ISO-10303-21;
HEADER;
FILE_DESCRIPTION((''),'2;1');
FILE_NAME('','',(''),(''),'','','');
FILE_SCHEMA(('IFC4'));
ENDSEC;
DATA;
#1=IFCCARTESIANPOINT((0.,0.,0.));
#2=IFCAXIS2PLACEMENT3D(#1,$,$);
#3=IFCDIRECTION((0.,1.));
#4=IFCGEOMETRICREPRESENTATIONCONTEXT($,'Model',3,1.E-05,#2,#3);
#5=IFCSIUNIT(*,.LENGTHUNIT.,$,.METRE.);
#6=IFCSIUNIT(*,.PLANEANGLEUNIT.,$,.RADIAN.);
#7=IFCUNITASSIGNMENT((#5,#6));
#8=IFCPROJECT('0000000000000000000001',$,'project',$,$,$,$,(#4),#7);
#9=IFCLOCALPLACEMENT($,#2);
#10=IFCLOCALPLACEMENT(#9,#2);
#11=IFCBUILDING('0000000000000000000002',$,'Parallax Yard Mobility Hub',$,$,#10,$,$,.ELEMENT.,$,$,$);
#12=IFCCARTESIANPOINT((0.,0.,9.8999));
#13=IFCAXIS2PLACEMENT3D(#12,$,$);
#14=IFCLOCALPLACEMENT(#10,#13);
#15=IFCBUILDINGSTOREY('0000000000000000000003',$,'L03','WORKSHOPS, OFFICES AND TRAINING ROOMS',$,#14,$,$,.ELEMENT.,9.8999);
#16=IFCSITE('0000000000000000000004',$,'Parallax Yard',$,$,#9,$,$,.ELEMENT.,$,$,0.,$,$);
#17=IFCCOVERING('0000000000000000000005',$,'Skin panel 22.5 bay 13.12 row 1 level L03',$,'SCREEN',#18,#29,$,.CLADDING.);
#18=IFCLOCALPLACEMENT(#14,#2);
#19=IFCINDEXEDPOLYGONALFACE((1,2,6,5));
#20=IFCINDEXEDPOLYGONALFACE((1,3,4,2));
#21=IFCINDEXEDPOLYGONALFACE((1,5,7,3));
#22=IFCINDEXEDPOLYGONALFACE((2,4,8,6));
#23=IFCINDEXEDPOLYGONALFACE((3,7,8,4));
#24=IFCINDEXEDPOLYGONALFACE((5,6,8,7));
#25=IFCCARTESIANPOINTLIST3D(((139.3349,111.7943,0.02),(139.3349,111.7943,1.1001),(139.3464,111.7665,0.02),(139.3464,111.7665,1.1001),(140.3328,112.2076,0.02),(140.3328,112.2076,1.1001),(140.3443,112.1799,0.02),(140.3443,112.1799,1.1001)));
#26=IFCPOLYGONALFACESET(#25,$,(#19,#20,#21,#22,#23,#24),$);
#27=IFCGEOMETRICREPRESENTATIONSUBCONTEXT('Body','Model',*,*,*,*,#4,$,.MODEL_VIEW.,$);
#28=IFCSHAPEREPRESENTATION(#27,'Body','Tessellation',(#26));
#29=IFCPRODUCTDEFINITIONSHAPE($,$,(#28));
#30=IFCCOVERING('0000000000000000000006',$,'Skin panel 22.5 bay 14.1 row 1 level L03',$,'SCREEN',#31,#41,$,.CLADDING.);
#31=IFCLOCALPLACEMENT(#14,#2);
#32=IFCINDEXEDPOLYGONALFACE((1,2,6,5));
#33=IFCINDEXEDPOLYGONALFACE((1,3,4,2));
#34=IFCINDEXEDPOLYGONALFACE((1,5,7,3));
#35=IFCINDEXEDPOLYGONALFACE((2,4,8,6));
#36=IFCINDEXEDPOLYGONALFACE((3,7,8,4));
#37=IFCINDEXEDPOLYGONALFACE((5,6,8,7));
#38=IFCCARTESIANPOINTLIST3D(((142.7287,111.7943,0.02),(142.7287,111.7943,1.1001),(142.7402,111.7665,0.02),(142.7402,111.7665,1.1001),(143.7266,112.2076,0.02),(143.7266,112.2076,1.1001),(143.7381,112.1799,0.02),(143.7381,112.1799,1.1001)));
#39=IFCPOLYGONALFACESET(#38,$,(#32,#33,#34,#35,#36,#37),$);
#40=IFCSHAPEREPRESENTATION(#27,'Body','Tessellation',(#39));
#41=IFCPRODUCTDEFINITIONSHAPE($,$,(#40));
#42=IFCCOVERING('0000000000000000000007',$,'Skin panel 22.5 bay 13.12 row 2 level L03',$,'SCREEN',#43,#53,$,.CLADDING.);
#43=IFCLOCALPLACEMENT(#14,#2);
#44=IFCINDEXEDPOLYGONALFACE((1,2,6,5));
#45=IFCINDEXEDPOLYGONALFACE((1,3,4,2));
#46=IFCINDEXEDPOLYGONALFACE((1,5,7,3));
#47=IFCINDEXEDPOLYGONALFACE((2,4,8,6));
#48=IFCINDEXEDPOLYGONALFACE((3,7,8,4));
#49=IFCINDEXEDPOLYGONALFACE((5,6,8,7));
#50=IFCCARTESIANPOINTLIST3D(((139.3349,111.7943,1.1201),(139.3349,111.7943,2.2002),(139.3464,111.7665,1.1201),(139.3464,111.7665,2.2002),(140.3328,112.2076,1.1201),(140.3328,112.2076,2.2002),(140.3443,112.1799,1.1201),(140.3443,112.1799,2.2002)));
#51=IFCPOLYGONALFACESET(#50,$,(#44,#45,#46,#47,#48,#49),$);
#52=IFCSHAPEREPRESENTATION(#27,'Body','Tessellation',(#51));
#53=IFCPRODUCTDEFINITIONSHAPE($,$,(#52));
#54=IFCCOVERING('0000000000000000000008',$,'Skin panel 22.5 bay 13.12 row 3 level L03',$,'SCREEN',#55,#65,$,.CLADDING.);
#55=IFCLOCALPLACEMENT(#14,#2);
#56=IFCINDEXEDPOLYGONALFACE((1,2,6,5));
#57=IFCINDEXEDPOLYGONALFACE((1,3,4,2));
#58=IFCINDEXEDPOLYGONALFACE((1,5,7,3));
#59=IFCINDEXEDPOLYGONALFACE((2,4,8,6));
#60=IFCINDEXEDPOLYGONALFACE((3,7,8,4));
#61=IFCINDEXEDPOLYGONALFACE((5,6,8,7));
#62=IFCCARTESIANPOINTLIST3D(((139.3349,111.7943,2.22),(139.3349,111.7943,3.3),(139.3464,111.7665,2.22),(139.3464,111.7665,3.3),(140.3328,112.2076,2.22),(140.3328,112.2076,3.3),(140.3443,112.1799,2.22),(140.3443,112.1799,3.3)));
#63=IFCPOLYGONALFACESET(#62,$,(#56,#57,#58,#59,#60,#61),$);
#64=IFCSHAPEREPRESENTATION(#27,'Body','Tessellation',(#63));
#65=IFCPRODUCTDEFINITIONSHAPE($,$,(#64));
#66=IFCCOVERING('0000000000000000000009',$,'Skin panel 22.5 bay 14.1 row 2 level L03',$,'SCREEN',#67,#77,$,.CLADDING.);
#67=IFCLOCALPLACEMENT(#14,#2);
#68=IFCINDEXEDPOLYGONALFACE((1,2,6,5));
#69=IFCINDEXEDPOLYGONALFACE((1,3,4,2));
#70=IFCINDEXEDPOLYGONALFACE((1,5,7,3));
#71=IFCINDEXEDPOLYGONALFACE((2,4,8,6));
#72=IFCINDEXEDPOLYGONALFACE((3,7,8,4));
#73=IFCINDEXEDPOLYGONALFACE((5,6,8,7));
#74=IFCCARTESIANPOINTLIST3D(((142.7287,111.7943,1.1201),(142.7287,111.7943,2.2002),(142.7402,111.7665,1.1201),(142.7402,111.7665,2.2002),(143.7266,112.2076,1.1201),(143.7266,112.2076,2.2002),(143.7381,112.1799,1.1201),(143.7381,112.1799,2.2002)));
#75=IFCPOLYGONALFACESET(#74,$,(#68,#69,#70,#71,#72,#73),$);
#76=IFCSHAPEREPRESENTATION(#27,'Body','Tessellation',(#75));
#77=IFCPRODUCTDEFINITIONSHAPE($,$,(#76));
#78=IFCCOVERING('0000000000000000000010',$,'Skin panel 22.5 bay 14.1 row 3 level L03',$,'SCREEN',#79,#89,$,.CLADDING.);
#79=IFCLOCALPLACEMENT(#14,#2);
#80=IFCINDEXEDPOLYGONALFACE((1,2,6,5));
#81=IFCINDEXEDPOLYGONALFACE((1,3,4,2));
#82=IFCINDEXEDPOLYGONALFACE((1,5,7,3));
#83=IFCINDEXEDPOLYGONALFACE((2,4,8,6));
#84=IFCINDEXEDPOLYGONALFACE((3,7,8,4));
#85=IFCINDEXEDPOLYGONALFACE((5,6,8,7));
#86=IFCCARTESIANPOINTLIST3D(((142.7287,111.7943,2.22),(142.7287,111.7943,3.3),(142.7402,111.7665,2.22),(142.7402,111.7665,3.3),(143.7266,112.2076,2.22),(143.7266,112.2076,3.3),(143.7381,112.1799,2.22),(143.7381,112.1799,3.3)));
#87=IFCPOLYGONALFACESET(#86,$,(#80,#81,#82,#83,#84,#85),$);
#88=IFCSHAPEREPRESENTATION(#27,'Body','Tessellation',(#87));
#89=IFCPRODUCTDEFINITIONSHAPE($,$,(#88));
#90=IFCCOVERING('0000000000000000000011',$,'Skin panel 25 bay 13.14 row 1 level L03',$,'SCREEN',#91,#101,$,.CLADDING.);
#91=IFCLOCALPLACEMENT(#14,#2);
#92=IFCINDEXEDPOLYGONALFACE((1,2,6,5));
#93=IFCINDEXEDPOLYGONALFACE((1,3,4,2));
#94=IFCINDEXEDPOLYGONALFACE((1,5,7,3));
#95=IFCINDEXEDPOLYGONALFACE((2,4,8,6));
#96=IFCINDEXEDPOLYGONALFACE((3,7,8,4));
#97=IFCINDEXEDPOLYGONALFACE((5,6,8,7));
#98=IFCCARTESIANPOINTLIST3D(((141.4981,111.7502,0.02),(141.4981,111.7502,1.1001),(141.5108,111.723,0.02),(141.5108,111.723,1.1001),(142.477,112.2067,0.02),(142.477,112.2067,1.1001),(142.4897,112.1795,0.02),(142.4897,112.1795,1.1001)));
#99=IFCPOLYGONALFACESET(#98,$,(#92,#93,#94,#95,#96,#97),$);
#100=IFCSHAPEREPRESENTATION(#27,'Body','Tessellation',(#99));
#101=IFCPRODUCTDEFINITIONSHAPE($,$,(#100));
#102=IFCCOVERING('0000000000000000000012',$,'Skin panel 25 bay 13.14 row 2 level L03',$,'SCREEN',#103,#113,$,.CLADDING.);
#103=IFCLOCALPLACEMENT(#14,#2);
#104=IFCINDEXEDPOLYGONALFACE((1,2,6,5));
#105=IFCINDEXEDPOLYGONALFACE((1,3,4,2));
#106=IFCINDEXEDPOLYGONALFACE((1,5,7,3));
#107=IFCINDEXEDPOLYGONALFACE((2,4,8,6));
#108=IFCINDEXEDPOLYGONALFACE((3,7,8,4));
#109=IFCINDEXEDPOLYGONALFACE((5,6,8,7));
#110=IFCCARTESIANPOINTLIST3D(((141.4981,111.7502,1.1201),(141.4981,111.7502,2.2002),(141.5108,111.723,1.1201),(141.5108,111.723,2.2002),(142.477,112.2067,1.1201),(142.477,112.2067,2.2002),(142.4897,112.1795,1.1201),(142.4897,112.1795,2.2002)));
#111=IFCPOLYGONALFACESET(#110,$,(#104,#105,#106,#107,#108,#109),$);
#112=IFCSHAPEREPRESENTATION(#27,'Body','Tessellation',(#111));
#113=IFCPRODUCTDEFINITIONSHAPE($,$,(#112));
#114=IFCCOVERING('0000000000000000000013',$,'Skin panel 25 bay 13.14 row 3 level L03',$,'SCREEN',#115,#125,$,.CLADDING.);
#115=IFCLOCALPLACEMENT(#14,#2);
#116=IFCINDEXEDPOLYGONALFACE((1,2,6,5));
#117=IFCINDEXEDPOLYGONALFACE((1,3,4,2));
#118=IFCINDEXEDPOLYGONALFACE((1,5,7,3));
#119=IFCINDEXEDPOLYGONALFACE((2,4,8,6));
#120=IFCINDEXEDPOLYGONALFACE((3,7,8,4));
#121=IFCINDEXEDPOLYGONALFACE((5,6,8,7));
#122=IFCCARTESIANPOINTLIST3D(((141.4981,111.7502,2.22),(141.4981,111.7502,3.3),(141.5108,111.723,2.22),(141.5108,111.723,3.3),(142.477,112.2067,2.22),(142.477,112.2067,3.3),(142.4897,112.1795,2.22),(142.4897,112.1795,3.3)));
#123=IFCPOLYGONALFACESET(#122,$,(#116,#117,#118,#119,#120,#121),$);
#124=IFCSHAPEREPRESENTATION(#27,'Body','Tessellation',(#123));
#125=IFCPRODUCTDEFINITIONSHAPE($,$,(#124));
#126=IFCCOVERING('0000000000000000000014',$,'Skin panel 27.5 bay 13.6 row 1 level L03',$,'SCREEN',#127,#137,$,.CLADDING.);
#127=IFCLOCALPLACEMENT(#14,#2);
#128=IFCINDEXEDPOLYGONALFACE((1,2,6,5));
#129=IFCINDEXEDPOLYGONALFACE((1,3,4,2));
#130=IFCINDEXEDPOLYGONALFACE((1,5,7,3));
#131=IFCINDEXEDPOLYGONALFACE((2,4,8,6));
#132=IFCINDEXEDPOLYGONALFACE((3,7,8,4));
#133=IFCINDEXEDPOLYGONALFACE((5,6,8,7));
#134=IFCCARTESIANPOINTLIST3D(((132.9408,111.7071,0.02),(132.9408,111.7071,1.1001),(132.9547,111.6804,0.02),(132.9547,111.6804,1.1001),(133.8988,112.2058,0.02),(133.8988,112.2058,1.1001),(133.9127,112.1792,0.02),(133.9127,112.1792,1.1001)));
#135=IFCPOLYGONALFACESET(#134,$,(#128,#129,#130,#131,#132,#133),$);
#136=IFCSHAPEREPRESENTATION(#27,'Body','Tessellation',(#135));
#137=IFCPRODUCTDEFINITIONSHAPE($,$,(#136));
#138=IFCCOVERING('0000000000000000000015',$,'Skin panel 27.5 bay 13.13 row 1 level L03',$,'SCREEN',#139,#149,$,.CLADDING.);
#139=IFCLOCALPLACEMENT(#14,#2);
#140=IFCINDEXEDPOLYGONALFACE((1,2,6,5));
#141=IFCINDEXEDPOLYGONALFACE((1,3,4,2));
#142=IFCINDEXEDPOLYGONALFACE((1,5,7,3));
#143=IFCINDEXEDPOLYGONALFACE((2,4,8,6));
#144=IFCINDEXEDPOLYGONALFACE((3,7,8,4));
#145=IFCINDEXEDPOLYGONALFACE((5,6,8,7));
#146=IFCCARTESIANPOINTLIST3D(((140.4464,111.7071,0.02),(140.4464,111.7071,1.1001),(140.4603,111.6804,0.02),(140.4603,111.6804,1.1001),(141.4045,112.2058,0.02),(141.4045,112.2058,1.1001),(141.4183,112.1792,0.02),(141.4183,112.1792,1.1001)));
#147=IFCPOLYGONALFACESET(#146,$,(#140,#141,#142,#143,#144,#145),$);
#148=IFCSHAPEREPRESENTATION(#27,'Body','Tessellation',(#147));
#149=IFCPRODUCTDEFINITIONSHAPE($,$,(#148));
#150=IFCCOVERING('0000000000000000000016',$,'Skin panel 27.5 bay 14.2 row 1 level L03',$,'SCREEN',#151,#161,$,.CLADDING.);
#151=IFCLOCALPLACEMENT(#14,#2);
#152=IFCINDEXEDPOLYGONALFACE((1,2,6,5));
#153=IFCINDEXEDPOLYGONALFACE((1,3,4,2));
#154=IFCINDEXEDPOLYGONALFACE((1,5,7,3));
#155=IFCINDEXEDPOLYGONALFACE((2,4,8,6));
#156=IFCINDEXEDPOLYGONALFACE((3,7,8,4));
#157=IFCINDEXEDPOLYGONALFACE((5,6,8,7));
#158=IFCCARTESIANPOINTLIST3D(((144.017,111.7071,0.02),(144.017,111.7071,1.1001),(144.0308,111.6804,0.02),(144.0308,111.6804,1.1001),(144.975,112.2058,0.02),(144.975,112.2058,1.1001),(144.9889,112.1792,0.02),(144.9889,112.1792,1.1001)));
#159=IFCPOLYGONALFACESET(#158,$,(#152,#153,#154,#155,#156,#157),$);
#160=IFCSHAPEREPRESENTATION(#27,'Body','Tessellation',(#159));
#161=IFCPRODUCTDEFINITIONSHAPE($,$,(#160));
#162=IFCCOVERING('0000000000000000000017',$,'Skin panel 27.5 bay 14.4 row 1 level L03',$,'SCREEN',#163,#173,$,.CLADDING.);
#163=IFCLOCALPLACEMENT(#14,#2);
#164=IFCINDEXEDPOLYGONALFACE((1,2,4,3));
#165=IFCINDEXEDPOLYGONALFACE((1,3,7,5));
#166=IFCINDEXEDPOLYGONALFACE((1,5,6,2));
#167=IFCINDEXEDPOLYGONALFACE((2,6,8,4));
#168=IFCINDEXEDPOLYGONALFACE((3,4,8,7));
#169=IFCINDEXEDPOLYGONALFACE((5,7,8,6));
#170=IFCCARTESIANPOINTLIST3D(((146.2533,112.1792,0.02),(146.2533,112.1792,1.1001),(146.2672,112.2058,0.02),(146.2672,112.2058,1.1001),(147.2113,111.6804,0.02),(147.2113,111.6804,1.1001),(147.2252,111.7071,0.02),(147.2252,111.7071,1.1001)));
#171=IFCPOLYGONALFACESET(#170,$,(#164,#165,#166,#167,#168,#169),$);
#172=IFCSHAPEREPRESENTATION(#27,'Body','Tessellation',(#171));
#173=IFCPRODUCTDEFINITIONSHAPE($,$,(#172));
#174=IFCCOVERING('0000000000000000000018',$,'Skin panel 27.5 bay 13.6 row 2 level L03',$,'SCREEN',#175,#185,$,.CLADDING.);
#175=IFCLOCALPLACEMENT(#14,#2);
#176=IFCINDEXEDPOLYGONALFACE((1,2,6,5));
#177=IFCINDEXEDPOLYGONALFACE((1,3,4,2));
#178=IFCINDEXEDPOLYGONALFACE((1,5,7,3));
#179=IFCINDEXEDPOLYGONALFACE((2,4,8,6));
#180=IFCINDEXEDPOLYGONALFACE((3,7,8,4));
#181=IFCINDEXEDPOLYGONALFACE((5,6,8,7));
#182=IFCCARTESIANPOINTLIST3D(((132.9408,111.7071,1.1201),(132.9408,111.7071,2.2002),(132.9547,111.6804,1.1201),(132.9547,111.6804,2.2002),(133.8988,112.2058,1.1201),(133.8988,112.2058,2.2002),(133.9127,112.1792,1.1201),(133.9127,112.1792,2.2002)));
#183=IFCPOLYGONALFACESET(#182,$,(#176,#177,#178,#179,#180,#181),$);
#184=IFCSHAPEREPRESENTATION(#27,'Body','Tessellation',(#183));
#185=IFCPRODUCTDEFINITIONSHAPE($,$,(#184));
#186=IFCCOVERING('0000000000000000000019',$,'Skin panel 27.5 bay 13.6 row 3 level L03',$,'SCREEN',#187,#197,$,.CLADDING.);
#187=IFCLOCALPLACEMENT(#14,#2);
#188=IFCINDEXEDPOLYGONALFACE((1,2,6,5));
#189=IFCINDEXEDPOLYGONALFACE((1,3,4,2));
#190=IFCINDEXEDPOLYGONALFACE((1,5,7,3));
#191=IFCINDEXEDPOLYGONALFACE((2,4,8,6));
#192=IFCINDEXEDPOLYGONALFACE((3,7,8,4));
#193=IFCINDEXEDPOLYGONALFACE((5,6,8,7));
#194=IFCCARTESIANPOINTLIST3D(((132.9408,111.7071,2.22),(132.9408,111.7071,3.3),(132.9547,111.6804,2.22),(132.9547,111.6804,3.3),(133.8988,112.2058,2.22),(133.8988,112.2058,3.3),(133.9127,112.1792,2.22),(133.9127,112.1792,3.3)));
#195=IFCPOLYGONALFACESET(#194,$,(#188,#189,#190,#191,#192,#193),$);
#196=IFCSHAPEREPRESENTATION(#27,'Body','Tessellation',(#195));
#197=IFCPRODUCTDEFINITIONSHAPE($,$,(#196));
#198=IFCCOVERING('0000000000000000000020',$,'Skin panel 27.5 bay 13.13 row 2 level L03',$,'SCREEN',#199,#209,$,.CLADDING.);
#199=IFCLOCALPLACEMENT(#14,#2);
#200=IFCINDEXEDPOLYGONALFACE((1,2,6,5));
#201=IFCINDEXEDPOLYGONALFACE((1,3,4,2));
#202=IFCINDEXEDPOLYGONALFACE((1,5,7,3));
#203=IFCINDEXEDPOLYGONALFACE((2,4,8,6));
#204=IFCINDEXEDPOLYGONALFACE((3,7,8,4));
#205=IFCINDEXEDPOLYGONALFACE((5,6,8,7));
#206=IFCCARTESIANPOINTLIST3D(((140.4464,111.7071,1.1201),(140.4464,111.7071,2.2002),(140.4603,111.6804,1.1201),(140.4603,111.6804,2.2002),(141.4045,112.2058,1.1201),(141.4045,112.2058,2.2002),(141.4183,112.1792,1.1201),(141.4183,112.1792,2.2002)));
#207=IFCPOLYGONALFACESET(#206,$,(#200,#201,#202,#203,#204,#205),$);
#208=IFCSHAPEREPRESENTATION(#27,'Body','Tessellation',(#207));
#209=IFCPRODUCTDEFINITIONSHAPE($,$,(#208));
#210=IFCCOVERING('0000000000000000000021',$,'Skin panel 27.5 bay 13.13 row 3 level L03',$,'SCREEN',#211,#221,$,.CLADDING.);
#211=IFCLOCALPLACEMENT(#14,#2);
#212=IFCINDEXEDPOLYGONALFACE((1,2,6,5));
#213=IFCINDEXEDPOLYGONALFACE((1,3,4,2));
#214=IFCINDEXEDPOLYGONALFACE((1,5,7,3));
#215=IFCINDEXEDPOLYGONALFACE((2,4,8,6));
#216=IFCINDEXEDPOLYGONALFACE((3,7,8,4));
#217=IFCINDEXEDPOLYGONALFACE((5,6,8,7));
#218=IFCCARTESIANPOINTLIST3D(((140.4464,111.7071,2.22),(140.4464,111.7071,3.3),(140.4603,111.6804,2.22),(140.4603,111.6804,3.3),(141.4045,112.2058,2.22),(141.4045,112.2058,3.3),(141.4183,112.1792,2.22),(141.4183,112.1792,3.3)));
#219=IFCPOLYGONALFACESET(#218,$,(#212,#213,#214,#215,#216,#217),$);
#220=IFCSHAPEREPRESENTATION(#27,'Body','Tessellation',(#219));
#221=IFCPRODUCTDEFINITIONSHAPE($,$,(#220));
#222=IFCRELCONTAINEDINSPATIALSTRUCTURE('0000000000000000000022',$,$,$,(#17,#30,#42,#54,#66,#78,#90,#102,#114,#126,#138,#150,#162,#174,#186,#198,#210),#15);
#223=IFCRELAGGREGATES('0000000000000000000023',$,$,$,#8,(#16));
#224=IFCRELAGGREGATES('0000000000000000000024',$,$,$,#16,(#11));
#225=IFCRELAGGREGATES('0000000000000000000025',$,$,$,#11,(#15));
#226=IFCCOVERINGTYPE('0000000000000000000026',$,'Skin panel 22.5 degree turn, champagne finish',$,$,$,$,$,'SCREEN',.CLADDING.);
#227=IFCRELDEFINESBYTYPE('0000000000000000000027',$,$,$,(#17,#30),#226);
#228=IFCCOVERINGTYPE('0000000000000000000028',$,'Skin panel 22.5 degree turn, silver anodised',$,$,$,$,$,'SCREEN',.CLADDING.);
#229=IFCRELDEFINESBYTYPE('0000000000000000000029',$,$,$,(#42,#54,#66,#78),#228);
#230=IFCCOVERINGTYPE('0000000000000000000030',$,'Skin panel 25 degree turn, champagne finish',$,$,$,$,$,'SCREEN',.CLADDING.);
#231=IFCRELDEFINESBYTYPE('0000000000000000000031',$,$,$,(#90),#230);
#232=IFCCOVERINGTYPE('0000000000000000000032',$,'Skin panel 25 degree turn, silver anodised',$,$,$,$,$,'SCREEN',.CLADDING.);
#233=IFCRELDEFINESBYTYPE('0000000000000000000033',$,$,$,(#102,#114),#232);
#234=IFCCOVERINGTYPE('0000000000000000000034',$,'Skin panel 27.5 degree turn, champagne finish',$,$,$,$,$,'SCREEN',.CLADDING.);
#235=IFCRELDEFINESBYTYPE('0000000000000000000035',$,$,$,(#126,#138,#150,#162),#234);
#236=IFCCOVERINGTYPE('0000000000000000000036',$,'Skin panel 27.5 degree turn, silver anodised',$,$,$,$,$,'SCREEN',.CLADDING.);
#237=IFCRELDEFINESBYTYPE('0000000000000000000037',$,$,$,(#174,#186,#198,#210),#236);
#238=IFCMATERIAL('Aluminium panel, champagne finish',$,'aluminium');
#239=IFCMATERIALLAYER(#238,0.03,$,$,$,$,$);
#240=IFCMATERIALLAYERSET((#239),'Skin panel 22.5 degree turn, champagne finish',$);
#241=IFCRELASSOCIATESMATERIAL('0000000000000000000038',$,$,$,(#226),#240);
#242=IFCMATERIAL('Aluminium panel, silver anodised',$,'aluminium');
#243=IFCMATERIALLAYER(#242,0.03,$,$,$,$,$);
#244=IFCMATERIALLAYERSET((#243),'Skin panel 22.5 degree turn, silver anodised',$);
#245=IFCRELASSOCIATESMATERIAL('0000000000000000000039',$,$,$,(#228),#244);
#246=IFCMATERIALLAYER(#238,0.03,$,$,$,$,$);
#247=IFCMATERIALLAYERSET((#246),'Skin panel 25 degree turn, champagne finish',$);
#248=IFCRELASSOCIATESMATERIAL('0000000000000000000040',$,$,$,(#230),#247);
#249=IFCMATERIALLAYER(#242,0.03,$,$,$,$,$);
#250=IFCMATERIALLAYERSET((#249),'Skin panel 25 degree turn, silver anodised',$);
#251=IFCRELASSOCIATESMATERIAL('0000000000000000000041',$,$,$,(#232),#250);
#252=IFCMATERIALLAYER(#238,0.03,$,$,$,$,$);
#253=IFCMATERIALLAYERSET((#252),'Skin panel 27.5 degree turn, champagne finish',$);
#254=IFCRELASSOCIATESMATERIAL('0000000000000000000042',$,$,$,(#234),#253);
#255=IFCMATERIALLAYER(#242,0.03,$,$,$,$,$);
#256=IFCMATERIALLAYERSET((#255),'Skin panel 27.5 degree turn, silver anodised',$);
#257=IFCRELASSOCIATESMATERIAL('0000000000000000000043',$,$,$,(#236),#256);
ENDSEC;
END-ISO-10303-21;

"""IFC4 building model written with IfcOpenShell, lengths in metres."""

from ifc_helpers import new_model, si_unit, direction, frame, origin, origin_2d, place, context, subcontext, project, spatial, rectangle, extrude, material, layer, layer_set, type_object, element, save


model = new_model("IFC4")

# Units and contexts
model_context = context("Model", 3, precision=1e-05, world=origin(), true_north=direction((0.0, 1.0)))
body_context = subcontext(model_context, "Body", "Model", "MODEL_VIEW")
ifc_project = project(units=[si_unit("LENGTHUNIT", "METRE"), si_unit("PLANEANGLEUNIT", "RADIAN")], contexts=[model_context])

# Site, building, storey
site_placement = place(None, origin())
site = spatial("IfcSite", under=ifc_project, at=site_placement, Name="Parallax Yard", CompositionType="ELEMENT", RefElevation=0.0)
building_placement = place(site_placement, origin())
building = spatial("IfcBuilding", under=site, at=building_placement, Name="Parallax Yard Mobility Hub", CompositionType="ELEMENT")
storey_placement = place(building_placement, frame((0.0, 0.0, 9.8999)))
storey = spatial("IfcBuildingStorey", under=building, at=storey_placement, Name="L03", Description="WORKSHOPS, OFFICES AND TRAINING ROOMS", CompositionType="ELEMENT", Elevation=9.8999)

# Coverings
ifc_material_1 = material(Name="Aluminium panel, champagne finish", Category="aluminium")
ifc_layer_1 = layer(ifc_material_1, 0.03)
ifc_layer_set_1 = layer_set([ifc_layer_1], Name="Skin panel 22.5 degree turn, champagne finish")
covering_type_1 = type_object("IfcCoveringType", Name="Skin panel 22.5 degree turn, champagne finish", ElementType="SCREEN", PredefinedType="CLADDING", material=ifc_layer_set_1)
for number, where, z_axis, x_axis, name in (
    (1, (139.8396, 111.9871, 0.02), (0.0, 0.0, 1.0), (-0.92388, -0.382683, 0.0), "Skin panel 22.5 bay 13.12 row 1 level L03"),
    (2, (143.2334, 111.9871, 0.02), (0.0, 0.0, 1.0), (-0.92388, -0.382683, 0.0), "Skin panel 22.5 bay 14.1 row 1 level L03"),
):
    element("IfcCovering", number, at=place(storey_placement, frame(where, z_axis=z_axis, x_axis=x_axis)), inside=storey, type_object=covering_type_1, Name=name, ObjectType="SCREEN", PredefinedType="CLADDING", context=body_context, shape_type="SweptSolid", body=[
        extrude(rectangle(XDim=1.0801, YDim=0.03, at=origin_2d()), origin(), (0.0, 0.0, 1.0), 1.0801),
    ])
ifc_material_2 = material(Name="Aluminium panel, silver anodised", Category="aluminium")
ifc_layer_2 = layer(ifc_material_2, 0.03)
ifc_layer_set_2 = layer_set([ifc_layer_2], Name="Skin panel 22.5 degree turn, silver anodised")
covering_type_2 = type_object("IfcCoveringType", Name="Skin panel 22.5 degree turn, silver anodised", ElementType="SCREEN", PredefinedType="CLADDING", material=ifc_layer_set_2)
for number, where, z_axis, x_axis, name in (
    (3, (139.8396, 111.9871, 1.1201), (0.0, 0.0, 1.0), (-0.92388, -0.382683, 0.0), "Skin panel 22.5 bay 13.12 row 2 level L03"),
    (4, (139.8396, 111.9871, 2.22), (0.0, 0.0, 1.0), (-0.92388, -0.382683, 0.0), "Skin panel 22.5 bay 13.12 row 3 level L03"),
    (5, (143.2334, 111.9871, 1.1201), (0.0, 0.0, 1.0), (-0.92388, -0.382683, 0.0), "Skin panel 22.5 bay 14.1 row 2 level L03"),
    (6, (143.2334, 111.9871, 2.22), (0.0, 0.0, 1.0), (-0.92388, -0.382683, 0.0), "Skin panel 22.5 bay 14.1 row 3 level L03"),
):
    element("IfcCovering", number, at=place(storey_placement, frame(where, z_axis=z_axis, x_axis=x_axis)), inside=storey, type_object=covering_type_2, Name=name, ObjectType="SCREEN", PredefinedType="CLADDING", context=body_context, shape_type="SweptSolid", body=[
        extrude(rectangle(XDim=1.0801, YDim=0.03, at=origin_2d()), origin(), (0.0, 0.0, 1.0), 1.0801),
    ])
ifc_layer_3 = layer(ifc_material_1, 0.03)
ifc_layer_set_3 = layer_set([ifc_layer_3], Name="Skin panel 25 degree turn, champagne finish")
covering_type_3 = type_object("IfcCoveringType", Name="Skin panel 25 degree turn, champagne finish", ElementType="SCREEN", PredefinedType="CLADDING", material=ifc_layer_set_3)
covering_placement = place(storey_placement, frame((141.9939, 111.9648, 0.02), z_axis=(0.0, 0.0, 1.0), x_axis=(-0.906308, -0.422618, 0.0)))
element("IfcCovering", 7, at=covering_placement, inside=storey, type_object=covering_type_3, Name="Skin panel 25 bay 13.14 row 1 level L03", ObjectType="SCREEN", PredefinedType="CLADDING", context=body_context, shape_type="SweptSolid", body=[
    extrude(rectangle(XDim=1.0801, YDim=0.03, at=origin_2d()), origin(), (0.0, 0.0, 1.0), 1.0801),
])
ifc_layer_4 = layer(ifc_material_2, 0.03)
ifc_layer_set_4 = layer_set([ifc_layer_4], Name="Skin panel 25 degree turn, silver anodised")
covering_type_4 = type_object("IfcCoveringType", Name="Skin panel 25 degree turn, silver anodised", ElementType="SCREEN", PredefinedType="CLADDING", material=ifc_layer_set_4)
for number, where, z_axis, x_axis, name in (
    (8, (141.9939, 111.9648, 1.1201), (0.0, 0.0, 1.0), (-0.906308, -0.422618, 0.0), "Skin panel 25 bay 13.14 row 2 level L03"),
    (9, (141.9939, 111.9648, 2.22), (0.0, 0.0, 1.0), (-0.906308, -0.422618, 0.0), "Skin panel 25 bay 13.14 row 3 level L03"),
):
    element("IfcCovering", number, at=place(storey_placement, frame(where, z_axis=z_axis, x_axis=x_axis)), inside=storey, type_object=covering_type_4, Name=name, ObjectType="SCREEN", PredefinedType="CLADDING", context=body_context, shape_type="SweptSolid", body=[
        extrude(rectangle(XDim=1.0801, YDim=0.03, at=origin_2d()), origin(), (0.0, 0.0, 1.0), 1.0801),
    ])
ifc_layer_5 = layer(ifc_material_1, 0.03)
ifc_layer_set_5 = layer_set([ifc_layer_5], Name="Skin panel 27.5 degree turn, champagne finish")
covering_type_5 = type_object("IfcCoveringType", Name="Skin panel 27.5 degree turn, champagne finish", ElementType="SCREEN", PredefinedType="CLADDING", material=ifc_layer_set_5)
for number, where, z_axis, x_axis, name in (
    (10, (133.4268, 111.9431, 0.02), (0.0, 0.0, 1.0), (-0.887011, -0.461749, 0.0), "Skin panel 27.5 bay 13.6 row 1 level L03"),
    (11, (140.9324, 111.9431, 0.02), (0.0, 0.0, 1.0), (-0.887011, -0.461749, 0.0), "Skin panel 27.5 bay 13.13 row 1 level L03"),
    (12, (144.5029, 111.9431, 0.02), (0.0, 0.0, 1.0), (-0.887011, -0.461749, 0.0), "Skin panel 27.5 bay 14.2 row 1 level L03"),
    (13, (146.7393, 111.9431, 0.02), (0.0, 0.0, 1.0), (0.887011, -0.461749, 0.0), "Skin panel 27.5 bay 14.4 row 1 level L03"),
):
    element("IfcCovering", number, at=place(storey_placement, frame(where, z_axis=z_axis, x_axis=x_axis)), inside=storey, type_object=covering_type_5, Name=name, ObjectType="SCREEN", PredefinedType="CLADDING", context=body_context, shape_type="SweptSolid", body=[
        extrude(rectangle(XDim=1.0801, YDim=0.03, at=origin_2d()), origin(), (0.0, 0.0, 1.0), 1.0801),
    ])
ifc_layer_6 = layer(ifc_material_2, 0.03)
ifc_layer_set_6 = layer_set([ifc_layer_6], Name="Skin panel 27.5 degree turn, silver anodised")
covering_type_6 = type_object("IfcCoveringType", Name="Skin panel 27.5 degree turn, silver anodised", ElementType="SCREEN", PredefinedType="CLADDING", material=ifc_layer_set_6)
for number, where, z_axis, x_axis, name in (
    (14, (133.4268, 111.9431, 1.1201), (0.0, 0.0, 1.0), (-0.887011, -0.461749, 0.0), "Skin panel 27.5 bay 13.6 row 2 level L03"),
    (15, (133.4268, 111.9431, 2.22), (0.0, 0.0, 1.0), (-0.887011, -0.461749, 0.0), "Skin panel 27.5 bay 13.6 row 3 level L03"),
    (16, (140.9324, 111.9431, 1.1201), (0.0, 0.0, 1.0), (-0.887011, -0.461749, 0.0), "Skin panel 27.5 bay 13.13 row 2 level L03"),
    (17, (140.9324, 111.9431, 2.22), (0.0, 0.0, 1.0), (-0.887011, -0.461749, 0.0), "Skin panel 27.5 bay 13.13 row 3 level L03"),
):
    element("IfcCovering", number, at=place(storey_placement, frame(where, z_axis=z_axis, x_axis=x_axis)), inside=storey, type_object=covering_type_6, Name=name, ObjectType="SCREEN", PredefinedType="CLADDING", context=body_context, shape_type="SweptSolid", body=[
        extrude(rectangle(XDim=1.0801, YDim=0.03, at=origin_2d()), origin(), (0.0, 0.0, 1.0), 1.0801),
    ])

save(model, "model.ifc")
